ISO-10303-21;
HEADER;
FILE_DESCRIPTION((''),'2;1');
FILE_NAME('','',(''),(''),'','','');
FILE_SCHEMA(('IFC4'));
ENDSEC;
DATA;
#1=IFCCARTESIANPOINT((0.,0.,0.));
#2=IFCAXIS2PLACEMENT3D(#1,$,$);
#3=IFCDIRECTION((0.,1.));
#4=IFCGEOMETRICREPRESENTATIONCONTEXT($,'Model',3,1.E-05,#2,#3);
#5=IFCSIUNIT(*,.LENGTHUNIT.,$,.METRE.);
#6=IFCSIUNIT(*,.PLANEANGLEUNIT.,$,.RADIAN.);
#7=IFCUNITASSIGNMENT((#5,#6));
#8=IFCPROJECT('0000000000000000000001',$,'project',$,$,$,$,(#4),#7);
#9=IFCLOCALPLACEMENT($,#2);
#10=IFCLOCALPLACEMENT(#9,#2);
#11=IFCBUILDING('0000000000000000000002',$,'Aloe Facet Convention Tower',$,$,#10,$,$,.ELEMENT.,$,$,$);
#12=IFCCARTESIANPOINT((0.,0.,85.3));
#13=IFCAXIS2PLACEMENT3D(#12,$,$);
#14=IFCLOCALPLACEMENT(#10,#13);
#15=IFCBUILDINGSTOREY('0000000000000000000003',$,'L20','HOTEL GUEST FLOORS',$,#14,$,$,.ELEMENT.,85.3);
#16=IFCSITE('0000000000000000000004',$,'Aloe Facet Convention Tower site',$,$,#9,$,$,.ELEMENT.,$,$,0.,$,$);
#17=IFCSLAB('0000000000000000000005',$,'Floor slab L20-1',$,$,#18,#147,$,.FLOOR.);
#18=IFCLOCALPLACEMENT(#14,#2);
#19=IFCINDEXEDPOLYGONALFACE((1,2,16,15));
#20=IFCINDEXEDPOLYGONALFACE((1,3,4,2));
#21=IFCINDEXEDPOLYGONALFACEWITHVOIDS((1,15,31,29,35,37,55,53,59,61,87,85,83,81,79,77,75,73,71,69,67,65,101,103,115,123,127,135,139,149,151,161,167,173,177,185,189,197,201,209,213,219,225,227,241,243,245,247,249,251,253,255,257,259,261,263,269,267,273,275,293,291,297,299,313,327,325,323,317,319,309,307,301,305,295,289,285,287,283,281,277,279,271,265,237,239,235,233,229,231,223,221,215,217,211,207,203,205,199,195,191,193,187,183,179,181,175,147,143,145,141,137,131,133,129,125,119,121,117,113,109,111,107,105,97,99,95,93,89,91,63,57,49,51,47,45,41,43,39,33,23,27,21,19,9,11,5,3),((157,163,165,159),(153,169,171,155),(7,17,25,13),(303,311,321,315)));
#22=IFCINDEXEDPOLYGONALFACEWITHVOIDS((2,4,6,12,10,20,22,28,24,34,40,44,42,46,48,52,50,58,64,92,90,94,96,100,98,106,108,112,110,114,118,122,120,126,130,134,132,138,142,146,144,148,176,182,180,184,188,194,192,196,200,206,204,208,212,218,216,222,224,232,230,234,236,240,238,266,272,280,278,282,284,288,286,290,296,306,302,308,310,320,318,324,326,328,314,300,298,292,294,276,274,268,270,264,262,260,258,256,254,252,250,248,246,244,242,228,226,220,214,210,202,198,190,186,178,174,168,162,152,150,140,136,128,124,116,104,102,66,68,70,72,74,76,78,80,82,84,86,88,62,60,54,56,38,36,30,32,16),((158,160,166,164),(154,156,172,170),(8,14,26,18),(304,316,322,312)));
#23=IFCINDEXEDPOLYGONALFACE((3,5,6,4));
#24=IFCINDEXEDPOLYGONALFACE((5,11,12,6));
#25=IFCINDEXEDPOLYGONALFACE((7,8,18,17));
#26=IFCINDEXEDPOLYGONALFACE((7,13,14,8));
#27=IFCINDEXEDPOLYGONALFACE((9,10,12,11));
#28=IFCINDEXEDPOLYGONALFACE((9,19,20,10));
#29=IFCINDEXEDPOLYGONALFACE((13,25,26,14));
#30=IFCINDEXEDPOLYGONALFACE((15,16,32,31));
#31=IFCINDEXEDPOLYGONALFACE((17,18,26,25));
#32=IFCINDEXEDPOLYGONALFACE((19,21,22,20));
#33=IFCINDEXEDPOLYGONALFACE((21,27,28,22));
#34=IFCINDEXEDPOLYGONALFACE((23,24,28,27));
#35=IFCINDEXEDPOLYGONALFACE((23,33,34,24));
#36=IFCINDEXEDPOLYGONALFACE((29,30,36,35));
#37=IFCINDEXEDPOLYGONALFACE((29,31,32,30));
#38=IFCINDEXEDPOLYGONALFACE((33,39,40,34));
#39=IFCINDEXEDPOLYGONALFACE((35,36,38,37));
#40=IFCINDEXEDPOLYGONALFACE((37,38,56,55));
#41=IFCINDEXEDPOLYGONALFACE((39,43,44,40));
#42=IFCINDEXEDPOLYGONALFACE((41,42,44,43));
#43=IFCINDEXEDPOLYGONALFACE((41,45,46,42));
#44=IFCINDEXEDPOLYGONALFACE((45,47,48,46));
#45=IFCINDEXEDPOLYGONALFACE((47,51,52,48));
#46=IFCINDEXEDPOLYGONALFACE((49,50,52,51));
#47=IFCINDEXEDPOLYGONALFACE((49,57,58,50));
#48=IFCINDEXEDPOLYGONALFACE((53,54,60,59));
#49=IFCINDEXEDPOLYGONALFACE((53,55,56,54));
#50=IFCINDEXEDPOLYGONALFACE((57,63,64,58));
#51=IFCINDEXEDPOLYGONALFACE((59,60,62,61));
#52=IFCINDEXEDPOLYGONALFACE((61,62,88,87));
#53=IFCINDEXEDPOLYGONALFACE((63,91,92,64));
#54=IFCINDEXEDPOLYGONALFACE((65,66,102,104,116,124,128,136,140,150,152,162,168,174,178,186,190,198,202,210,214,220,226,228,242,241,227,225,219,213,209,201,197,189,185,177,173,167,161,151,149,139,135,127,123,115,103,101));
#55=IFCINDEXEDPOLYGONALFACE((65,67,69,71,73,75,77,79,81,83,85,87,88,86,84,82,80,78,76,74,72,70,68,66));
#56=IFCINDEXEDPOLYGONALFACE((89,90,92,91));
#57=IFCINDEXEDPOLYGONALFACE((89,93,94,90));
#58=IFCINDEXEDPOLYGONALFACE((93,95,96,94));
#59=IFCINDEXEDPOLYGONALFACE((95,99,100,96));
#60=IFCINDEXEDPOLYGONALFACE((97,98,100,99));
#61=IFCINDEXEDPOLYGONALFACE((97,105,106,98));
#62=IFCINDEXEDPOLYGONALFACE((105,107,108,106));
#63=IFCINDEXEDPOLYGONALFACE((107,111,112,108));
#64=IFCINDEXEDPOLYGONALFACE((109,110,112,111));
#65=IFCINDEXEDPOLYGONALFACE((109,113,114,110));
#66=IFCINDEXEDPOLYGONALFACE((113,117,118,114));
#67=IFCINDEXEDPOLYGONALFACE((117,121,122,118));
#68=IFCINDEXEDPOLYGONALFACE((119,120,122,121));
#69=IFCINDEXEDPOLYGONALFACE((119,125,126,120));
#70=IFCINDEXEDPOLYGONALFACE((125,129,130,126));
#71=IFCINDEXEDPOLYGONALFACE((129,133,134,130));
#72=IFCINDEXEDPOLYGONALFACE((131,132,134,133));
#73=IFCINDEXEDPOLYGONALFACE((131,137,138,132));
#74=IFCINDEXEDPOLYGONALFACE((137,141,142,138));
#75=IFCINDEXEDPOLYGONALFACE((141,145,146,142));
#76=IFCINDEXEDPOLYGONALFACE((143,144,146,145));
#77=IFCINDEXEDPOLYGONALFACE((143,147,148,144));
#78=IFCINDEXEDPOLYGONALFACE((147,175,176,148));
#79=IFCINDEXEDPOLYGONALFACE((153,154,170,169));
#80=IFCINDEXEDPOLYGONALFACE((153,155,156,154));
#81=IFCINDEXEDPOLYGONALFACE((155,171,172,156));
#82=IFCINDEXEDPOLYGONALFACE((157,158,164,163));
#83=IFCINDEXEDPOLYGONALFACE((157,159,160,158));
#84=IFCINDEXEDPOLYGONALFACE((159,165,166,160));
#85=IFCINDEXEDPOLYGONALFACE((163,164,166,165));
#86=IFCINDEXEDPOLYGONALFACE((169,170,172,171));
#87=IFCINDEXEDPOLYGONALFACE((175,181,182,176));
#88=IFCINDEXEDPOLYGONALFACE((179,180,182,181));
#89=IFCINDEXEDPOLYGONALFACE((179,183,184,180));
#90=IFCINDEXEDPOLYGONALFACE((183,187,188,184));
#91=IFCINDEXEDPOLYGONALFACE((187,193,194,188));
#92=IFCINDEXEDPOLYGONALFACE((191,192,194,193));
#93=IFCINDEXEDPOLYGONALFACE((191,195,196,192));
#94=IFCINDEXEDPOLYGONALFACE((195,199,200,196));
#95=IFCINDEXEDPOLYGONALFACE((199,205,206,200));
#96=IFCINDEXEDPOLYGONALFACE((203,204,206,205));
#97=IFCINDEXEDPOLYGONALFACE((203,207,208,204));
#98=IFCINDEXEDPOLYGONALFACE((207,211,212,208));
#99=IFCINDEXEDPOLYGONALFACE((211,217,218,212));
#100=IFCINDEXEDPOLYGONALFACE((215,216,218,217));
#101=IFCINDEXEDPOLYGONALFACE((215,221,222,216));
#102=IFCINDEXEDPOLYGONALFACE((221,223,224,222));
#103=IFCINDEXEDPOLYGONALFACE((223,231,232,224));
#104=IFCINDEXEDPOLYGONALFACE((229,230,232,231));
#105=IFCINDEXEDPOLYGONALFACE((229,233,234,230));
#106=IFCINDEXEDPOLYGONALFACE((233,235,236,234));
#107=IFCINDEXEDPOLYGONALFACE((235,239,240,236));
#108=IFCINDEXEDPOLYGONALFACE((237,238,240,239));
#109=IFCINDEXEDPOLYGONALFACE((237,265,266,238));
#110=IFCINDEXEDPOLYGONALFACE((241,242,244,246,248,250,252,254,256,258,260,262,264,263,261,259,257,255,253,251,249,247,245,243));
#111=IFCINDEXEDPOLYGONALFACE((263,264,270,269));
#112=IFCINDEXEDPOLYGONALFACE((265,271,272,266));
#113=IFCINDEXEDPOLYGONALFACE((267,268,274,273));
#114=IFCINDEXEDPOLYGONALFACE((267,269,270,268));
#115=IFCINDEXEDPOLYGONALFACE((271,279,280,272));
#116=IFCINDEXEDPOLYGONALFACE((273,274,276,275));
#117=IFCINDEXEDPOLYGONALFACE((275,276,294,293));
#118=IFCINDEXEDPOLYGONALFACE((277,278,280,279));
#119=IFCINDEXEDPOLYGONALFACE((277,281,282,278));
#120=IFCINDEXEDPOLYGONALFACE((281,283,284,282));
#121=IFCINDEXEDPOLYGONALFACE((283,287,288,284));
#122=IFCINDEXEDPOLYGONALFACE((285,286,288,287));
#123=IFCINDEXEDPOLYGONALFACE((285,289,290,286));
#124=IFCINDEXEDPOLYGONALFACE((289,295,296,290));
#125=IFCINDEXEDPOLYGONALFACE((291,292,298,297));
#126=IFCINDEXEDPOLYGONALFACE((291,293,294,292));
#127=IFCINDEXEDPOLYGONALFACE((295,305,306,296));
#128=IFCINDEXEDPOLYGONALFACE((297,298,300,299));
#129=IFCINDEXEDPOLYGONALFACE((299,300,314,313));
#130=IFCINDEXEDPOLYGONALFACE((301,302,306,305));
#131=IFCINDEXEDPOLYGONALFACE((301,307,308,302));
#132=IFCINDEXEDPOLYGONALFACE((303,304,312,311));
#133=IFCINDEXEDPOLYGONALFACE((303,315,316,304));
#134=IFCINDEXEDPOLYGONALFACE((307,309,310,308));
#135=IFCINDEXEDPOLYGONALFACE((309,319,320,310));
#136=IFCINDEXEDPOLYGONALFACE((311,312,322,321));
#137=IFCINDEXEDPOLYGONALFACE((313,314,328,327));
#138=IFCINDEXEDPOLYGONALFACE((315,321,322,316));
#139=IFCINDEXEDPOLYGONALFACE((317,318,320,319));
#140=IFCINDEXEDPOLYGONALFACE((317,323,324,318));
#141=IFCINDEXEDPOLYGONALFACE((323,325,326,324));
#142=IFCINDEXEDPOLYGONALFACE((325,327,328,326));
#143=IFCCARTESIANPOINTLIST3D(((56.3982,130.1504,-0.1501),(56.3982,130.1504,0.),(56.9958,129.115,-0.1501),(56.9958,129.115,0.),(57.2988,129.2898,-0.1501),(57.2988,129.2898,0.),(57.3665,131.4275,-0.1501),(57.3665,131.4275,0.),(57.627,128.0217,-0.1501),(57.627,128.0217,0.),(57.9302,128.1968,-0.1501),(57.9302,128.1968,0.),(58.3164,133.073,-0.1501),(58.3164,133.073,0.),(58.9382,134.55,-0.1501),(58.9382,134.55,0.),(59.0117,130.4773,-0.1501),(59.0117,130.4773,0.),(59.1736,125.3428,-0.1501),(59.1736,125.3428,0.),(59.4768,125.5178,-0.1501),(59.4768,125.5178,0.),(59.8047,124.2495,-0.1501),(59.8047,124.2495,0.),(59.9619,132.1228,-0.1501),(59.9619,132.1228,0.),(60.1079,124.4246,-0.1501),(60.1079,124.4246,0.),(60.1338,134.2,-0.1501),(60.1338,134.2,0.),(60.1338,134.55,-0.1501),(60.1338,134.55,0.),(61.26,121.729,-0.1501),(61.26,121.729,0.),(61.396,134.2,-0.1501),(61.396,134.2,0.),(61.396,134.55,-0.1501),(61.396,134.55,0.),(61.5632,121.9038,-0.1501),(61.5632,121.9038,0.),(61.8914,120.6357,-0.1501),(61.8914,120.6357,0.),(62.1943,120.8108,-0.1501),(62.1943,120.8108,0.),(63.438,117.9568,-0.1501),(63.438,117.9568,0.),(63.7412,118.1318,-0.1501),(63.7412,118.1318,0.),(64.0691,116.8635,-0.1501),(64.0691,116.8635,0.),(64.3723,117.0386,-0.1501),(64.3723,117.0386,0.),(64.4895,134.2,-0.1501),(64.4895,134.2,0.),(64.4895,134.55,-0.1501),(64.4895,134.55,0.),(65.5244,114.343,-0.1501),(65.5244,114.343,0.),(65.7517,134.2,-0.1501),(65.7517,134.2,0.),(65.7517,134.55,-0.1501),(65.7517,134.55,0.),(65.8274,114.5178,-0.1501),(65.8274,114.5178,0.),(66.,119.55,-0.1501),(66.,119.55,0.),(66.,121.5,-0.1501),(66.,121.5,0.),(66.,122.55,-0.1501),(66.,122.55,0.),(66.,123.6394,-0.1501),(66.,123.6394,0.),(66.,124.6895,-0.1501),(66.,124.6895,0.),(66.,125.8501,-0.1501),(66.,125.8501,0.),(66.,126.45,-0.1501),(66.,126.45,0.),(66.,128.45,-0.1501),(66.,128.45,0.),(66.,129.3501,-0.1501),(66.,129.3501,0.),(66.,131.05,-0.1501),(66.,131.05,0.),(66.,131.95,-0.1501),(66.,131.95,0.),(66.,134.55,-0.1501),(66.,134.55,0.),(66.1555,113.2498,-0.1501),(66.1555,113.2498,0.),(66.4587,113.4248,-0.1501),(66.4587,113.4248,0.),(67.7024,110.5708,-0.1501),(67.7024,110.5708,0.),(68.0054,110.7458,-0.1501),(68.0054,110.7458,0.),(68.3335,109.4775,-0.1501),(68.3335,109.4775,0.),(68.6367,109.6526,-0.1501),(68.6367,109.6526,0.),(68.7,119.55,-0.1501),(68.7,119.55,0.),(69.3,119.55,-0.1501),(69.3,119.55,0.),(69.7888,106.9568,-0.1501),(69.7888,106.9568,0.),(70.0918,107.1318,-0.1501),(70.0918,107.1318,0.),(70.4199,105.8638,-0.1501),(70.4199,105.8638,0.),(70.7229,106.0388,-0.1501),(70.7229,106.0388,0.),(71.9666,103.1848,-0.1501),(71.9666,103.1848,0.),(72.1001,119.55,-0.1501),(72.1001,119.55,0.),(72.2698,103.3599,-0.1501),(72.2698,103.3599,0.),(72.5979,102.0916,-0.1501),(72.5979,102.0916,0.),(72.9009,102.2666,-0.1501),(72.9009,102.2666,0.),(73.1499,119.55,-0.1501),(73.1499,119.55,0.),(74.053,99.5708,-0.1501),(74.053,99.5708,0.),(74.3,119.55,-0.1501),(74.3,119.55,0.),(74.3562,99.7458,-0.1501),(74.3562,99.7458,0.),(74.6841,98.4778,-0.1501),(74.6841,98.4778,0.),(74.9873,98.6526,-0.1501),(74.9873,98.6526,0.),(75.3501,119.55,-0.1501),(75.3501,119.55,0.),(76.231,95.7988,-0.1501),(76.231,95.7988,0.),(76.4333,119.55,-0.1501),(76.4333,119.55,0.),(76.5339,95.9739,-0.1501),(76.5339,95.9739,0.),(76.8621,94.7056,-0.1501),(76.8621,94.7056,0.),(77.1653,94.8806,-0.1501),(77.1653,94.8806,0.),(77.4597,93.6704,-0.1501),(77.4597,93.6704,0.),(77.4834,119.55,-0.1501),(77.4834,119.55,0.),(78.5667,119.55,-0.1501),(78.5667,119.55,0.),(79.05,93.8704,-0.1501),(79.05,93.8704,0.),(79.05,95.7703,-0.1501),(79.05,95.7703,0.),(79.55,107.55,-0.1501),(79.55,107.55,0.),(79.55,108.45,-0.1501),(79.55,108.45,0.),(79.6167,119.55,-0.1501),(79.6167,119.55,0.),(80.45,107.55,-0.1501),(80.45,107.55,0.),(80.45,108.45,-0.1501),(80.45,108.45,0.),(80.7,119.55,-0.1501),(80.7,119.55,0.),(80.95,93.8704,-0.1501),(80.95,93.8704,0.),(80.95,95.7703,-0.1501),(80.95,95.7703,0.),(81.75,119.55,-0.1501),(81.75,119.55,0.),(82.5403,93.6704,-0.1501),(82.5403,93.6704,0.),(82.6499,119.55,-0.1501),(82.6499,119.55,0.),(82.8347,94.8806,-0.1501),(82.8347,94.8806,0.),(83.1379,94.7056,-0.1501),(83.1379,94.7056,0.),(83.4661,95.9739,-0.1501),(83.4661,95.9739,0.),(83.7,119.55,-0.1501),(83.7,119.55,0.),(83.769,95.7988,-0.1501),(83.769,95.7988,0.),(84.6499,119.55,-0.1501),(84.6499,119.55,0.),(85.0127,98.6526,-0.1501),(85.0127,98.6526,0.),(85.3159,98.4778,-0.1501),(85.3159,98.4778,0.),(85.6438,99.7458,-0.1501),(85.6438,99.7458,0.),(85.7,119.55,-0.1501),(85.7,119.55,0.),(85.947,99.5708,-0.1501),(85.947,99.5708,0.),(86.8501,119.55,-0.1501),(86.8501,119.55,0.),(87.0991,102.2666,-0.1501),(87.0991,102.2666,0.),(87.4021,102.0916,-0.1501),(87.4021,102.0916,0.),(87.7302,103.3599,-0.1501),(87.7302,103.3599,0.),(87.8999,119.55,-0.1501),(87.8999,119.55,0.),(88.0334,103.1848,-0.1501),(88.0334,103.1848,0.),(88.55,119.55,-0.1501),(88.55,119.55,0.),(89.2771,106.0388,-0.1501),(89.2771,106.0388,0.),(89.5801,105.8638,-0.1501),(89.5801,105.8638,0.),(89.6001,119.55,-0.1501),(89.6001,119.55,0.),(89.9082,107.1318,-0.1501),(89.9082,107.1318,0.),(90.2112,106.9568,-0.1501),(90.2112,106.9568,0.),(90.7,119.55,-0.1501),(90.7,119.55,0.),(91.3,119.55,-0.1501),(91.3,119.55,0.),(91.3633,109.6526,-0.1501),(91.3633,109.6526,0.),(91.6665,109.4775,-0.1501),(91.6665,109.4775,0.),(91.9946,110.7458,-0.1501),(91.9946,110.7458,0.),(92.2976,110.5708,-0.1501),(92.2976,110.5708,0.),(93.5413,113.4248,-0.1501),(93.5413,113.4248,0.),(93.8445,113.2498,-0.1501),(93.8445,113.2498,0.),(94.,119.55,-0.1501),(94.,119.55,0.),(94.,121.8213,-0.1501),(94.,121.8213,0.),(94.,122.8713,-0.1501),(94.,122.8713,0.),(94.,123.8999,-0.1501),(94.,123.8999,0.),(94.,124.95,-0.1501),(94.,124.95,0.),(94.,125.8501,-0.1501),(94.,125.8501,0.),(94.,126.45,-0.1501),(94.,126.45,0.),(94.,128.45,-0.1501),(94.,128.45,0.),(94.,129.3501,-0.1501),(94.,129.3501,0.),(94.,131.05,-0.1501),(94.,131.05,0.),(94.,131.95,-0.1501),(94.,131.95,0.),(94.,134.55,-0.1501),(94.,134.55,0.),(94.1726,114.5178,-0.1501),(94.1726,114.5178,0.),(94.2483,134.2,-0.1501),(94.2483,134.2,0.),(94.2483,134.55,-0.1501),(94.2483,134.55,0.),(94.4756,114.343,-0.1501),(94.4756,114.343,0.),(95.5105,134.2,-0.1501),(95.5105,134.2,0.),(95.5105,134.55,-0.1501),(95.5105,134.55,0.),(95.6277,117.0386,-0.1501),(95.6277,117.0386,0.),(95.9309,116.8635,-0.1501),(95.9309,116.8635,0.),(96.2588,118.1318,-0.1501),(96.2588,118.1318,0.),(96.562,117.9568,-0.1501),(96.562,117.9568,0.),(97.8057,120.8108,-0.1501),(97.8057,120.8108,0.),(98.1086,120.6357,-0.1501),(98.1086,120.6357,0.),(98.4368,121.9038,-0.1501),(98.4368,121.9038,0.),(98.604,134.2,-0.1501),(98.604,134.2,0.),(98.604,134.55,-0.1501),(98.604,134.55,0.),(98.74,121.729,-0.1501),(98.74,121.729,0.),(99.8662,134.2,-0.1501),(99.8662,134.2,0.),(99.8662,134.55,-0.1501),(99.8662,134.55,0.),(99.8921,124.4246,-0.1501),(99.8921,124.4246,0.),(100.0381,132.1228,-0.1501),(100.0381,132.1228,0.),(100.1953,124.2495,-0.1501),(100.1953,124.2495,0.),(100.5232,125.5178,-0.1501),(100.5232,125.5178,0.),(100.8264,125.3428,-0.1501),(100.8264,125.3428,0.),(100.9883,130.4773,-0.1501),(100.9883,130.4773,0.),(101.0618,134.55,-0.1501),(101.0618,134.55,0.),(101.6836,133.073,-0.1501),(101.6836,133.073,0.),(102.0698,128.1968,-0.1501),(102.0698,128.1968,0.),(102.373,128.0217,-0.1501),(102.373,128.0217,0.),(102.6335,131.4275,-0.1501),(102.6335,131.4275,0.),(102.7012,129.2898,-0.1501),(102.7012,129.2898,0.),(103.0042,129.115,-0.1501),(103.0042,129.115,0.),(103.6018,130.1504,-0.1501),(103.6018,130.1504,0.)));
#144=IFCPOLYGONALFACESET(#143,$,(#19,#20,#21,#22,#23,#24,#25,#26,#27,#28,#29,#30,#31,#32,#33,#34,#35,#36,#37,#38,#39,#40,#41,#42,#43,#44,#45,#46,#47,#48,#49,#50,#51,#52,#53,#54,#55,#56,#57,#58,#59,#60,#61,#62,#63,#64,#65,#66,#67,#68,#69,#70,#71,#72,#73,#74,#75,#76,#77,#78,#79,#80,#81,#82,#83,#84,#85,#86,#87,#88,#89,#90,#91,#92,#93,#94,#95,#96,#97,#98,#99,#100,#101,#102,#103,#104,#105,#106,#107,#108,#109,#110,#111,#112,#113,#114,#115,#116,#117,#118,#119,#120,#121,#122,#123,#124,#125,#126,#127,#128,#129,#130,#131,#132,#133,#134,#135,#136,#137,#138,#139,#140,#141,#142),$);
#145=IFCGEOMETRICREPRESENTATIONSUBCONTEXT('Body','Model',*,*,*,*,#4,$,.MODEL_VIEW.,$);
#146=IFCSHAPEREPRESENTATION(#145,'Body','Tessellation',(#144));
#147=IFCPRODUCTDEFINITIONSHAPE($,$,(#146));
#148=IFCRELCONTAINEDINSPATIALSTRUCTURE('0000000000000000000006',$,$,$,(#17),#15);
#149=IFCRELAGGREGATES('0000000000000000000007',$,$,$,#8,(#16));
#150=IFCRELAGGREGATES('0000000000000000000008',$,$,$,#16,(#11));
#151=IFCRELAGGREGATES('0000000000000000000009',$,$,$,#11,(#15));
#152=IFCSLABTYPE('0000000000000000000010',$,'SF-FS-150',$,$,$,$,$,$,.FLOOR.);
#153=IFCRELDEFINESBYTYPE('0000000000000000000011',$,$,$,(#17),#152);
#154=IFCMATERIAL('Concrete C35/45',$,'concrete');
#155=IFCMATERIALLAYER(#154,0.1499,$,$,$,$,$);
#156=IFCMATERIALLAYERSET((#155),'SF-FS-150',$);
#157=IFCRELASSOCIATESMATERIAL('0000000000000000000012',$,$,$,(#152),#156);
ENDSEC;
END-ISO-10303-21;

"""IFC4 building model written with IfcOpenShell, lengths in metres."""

from ifc_helpers import new_model, si_unit, direction, frame, origin, place, context, subcontext, project, spatial, polyline, outline, extrude, material, layer, layer_set, type_object, element, save


model = new_model("IFC4")

# Units and contexts
model_context = context("Model", 3, precision=1e-05, world=origin(), true_north=direction((0.0, 1.0)))
body_context = subcontext(model_context, "Body", "Model", "MODEL_VIEW")
ifc_project = project(units=[si_unit("LENGTHUNIT", "METRE"), si_unit("PLANEANGLEUNIT", "RADIAN")], contexts=[model_context])

# Site, building, storey
site_placement = place(None, origin())
site = spatial("IfcSite", under=ifc_project, at=site_placement, Name="Aloe Facet Convention Tower site", CompositionType="ELEMENT", RefElevation=0.0)
building_placement = place(site_placement, origin())
building = spatial("IfcBuilding", under=site, at=building_placement, Name="Aloe Facet Convention Tower", CompositionType="ELEMENT")
storey_placement = place(building_placement, frame((0.0, 0.0, 85.3)))
storey = spatial("IfcBuildingStorey", under=building, at=storey_placement, Name="L20", Description="HOTEL GUEST FLOORS", CompositionType="ELEMENT", Elevation=85.3)

# Slab
ifc_material_1 = material(Name="Concrete C35/45", Category="concrete")
ifc_layer_1 = layer(ifc_material_1, 0.1499)
ifc_layer_set_1 = layer_set([ifc_layer_1], Name="SF-FS-150")
slab_type_1 = type_object("IfcSlabType", Name="SF-FS-150", PredefinedType="FLOOR", material=ifc_layer_set_1)
slab_1_placement = place(storey_placement, frame((0.0, 0.0, -0.1501)))
element("IfcSlab", 1, at=slab_1_placement, inside=storey, type_object=slab_type_1, Name="Floor slab L20-1", PredefinedType="FLOOR", context=body_context, shape_type="SweptSolid", body=[
    extrude(outline(polyline([(103.6018, 130.1504), (103.0042, 129.115), (102.7012, 129.2898), (102.0698, 128.1968), (102.373, 128.0217), (100.8264, 125.3428), (100.5232, 125.5178), (99.8921, 124.4246), (100.1953, 124.2495), (98.74, 121.729), (98.4368, 121.9038), (97.8057, 120.8108), (98.1086, 120.6357), (96.562, 117.9568), (96.2588, 118.1318), (95.6277, 117.0386), (95.9309, 116.8635), (94.4756, 114.343), (94.1726, 114.5178), (93.5413, 113.4248), (93.8445, 113.2498), (92.2976, 110.5708), (91.9946, 110.7458), (91.3633, 109.6526), (91.6665, 109.4775), (90.2112, 106.9568), (89.9082, 107.1318), (89.2771, 106.0388), (89.5801, 105.8638), (88.0334, 103.1848), (87.7302, 103.3599), (87.0991, 102.2666), (87.4021, 102.0916), (85.947, 99.5708), (85.6438, 99.7458), (85.0127, 98.6526), (85.3159, 98.4778), (83.769, 95.7988), (83.4661, 95.9739), (82.8347, 94.8806), (83.1379, 94.7056), (82.5403, 93.6704), (77.4597, 93.6704), (76.8621, 94.7056), (77.1653, 94.8806), (76.5339, 95.9739), (76.231, 95.7988), (74.6841, 98.4778), (74.9873, 98.6526), (74.3562, 99.7458), (74.053, 99.5708), (72.5979, 102.0916), (72.9009, 102.2666), (72.2698, 103.3599), (71.9666, 103.1848), (70.4199, 105.8638), (70.7229, 106.0388), (70.0918, 107.1318), (69.7888, 106.9568), (68.3335, 109.4775), (68.6367, 109.6526), (68.0054, 110.7458), (67.7024, 110.5708), (66.1555, 113.2498), (66.4587, 113.4248), (65.8274, 114.5178), (65.5244, 114.343), (64.0691, 116.8635), (64.3723, 117.0386), (63.7412, 118.1318), (63.438, 117.9568), (61.8914, 120.6357), (62.1943, 120.8108), (61.5632, 121.9038), (61.26, 121.729), (59.8047, 124.2495), (60.1079, 124.4246), (59.4768, 125.5178), (59.1736, 125.3428), (57.627, 128.0217), (57.9302, 128.1968), (57.2988, 129.2898), (56.9958, 129.115), (56.3982, 130.1504), (58.9382, 134.55), (60.1338, 134.55), (60.1338, 134.2), (61.396, 134.2), (61.396, 134.55), (64.4895, 134.55), (64.4895, 134.2), (65.7517, 134.2), (65.7517, 134.55), (66.0, 134.55), (66.0, 131.95), (66.0, 131.05), (66.0, 129.3501), (66.0, 128.45), (66.0, 126.45), (66.0, 125.8501), (66.0, 124.6895), (66.0, 123.6394), (66.0, 122.55), (66.0, 121.5), (66.0, 119.55), (68.7, 119.55), (69.3, 119.55), (72.1001, 119.55), (73.1499, 119.55), (74.3, 119.55), (75.3501, 119.55), (76.4333, 119.55), (77.4834, 119.55), (78.5667, 119.55), (79.6167, 119.55), (80.7, 119.55), (81.75, 119.55), (82.6499, 119.55), (83.7, 119.55), (84.6499, 119.55), (85.7, 119.55), (86.8501, 119.55), (87.8999, 119.55), (88.55, 119.55), (89.6001, 119.55), (90.7, 119.55), (91.3, 119.55), (94.0, 119.55), (94.0, 121.8213), (94.0, 122.8713), (94.0, 123.8999), (94.0, 124.95), (94.0, 125.8501), (94.0, 126.45), (94.0, 128.45), (94.0, 129.3501), (94.0, 131.05), (94.0, 131.95), (94.0, 134.55), (94.2483, 134.55), (94.2483, 134.2), (95.5105, 134.2), (95.5105, 134.55), (98.604, 134.55), (98.604, 134.2), (99.8662, 134.2), (99.8662, 134.55), (101.0618, 134.55), (103.6018, 130.1504)]), holes=[polyline([(80.45, 107.55), (80.45, 108.45), (79.55, 108.45), (79.55, 107.55), (80.45, 107.55)]), polyline([(58.3164, 133.073), (57.3665, 131.4275), (59.0117, 130.4773), (59.9619, 132.1228), (58.3164, 133.073)]), polyline([(79.05, 93.8704), (80.95, 93.8704), (80.95, 95.7703), (79.05, 95.7703), (79.05, 93.8704)]), polyline([(102.6335, 131.4275), (101.6836, 133.073), (100.0381, 132.1228), (100.9883, 130.4773), (102.6335, 131.4275)])]), origin(), (0.0, 0.0, 1.0), 0.1501),
])

save(model, "model.ifc")
